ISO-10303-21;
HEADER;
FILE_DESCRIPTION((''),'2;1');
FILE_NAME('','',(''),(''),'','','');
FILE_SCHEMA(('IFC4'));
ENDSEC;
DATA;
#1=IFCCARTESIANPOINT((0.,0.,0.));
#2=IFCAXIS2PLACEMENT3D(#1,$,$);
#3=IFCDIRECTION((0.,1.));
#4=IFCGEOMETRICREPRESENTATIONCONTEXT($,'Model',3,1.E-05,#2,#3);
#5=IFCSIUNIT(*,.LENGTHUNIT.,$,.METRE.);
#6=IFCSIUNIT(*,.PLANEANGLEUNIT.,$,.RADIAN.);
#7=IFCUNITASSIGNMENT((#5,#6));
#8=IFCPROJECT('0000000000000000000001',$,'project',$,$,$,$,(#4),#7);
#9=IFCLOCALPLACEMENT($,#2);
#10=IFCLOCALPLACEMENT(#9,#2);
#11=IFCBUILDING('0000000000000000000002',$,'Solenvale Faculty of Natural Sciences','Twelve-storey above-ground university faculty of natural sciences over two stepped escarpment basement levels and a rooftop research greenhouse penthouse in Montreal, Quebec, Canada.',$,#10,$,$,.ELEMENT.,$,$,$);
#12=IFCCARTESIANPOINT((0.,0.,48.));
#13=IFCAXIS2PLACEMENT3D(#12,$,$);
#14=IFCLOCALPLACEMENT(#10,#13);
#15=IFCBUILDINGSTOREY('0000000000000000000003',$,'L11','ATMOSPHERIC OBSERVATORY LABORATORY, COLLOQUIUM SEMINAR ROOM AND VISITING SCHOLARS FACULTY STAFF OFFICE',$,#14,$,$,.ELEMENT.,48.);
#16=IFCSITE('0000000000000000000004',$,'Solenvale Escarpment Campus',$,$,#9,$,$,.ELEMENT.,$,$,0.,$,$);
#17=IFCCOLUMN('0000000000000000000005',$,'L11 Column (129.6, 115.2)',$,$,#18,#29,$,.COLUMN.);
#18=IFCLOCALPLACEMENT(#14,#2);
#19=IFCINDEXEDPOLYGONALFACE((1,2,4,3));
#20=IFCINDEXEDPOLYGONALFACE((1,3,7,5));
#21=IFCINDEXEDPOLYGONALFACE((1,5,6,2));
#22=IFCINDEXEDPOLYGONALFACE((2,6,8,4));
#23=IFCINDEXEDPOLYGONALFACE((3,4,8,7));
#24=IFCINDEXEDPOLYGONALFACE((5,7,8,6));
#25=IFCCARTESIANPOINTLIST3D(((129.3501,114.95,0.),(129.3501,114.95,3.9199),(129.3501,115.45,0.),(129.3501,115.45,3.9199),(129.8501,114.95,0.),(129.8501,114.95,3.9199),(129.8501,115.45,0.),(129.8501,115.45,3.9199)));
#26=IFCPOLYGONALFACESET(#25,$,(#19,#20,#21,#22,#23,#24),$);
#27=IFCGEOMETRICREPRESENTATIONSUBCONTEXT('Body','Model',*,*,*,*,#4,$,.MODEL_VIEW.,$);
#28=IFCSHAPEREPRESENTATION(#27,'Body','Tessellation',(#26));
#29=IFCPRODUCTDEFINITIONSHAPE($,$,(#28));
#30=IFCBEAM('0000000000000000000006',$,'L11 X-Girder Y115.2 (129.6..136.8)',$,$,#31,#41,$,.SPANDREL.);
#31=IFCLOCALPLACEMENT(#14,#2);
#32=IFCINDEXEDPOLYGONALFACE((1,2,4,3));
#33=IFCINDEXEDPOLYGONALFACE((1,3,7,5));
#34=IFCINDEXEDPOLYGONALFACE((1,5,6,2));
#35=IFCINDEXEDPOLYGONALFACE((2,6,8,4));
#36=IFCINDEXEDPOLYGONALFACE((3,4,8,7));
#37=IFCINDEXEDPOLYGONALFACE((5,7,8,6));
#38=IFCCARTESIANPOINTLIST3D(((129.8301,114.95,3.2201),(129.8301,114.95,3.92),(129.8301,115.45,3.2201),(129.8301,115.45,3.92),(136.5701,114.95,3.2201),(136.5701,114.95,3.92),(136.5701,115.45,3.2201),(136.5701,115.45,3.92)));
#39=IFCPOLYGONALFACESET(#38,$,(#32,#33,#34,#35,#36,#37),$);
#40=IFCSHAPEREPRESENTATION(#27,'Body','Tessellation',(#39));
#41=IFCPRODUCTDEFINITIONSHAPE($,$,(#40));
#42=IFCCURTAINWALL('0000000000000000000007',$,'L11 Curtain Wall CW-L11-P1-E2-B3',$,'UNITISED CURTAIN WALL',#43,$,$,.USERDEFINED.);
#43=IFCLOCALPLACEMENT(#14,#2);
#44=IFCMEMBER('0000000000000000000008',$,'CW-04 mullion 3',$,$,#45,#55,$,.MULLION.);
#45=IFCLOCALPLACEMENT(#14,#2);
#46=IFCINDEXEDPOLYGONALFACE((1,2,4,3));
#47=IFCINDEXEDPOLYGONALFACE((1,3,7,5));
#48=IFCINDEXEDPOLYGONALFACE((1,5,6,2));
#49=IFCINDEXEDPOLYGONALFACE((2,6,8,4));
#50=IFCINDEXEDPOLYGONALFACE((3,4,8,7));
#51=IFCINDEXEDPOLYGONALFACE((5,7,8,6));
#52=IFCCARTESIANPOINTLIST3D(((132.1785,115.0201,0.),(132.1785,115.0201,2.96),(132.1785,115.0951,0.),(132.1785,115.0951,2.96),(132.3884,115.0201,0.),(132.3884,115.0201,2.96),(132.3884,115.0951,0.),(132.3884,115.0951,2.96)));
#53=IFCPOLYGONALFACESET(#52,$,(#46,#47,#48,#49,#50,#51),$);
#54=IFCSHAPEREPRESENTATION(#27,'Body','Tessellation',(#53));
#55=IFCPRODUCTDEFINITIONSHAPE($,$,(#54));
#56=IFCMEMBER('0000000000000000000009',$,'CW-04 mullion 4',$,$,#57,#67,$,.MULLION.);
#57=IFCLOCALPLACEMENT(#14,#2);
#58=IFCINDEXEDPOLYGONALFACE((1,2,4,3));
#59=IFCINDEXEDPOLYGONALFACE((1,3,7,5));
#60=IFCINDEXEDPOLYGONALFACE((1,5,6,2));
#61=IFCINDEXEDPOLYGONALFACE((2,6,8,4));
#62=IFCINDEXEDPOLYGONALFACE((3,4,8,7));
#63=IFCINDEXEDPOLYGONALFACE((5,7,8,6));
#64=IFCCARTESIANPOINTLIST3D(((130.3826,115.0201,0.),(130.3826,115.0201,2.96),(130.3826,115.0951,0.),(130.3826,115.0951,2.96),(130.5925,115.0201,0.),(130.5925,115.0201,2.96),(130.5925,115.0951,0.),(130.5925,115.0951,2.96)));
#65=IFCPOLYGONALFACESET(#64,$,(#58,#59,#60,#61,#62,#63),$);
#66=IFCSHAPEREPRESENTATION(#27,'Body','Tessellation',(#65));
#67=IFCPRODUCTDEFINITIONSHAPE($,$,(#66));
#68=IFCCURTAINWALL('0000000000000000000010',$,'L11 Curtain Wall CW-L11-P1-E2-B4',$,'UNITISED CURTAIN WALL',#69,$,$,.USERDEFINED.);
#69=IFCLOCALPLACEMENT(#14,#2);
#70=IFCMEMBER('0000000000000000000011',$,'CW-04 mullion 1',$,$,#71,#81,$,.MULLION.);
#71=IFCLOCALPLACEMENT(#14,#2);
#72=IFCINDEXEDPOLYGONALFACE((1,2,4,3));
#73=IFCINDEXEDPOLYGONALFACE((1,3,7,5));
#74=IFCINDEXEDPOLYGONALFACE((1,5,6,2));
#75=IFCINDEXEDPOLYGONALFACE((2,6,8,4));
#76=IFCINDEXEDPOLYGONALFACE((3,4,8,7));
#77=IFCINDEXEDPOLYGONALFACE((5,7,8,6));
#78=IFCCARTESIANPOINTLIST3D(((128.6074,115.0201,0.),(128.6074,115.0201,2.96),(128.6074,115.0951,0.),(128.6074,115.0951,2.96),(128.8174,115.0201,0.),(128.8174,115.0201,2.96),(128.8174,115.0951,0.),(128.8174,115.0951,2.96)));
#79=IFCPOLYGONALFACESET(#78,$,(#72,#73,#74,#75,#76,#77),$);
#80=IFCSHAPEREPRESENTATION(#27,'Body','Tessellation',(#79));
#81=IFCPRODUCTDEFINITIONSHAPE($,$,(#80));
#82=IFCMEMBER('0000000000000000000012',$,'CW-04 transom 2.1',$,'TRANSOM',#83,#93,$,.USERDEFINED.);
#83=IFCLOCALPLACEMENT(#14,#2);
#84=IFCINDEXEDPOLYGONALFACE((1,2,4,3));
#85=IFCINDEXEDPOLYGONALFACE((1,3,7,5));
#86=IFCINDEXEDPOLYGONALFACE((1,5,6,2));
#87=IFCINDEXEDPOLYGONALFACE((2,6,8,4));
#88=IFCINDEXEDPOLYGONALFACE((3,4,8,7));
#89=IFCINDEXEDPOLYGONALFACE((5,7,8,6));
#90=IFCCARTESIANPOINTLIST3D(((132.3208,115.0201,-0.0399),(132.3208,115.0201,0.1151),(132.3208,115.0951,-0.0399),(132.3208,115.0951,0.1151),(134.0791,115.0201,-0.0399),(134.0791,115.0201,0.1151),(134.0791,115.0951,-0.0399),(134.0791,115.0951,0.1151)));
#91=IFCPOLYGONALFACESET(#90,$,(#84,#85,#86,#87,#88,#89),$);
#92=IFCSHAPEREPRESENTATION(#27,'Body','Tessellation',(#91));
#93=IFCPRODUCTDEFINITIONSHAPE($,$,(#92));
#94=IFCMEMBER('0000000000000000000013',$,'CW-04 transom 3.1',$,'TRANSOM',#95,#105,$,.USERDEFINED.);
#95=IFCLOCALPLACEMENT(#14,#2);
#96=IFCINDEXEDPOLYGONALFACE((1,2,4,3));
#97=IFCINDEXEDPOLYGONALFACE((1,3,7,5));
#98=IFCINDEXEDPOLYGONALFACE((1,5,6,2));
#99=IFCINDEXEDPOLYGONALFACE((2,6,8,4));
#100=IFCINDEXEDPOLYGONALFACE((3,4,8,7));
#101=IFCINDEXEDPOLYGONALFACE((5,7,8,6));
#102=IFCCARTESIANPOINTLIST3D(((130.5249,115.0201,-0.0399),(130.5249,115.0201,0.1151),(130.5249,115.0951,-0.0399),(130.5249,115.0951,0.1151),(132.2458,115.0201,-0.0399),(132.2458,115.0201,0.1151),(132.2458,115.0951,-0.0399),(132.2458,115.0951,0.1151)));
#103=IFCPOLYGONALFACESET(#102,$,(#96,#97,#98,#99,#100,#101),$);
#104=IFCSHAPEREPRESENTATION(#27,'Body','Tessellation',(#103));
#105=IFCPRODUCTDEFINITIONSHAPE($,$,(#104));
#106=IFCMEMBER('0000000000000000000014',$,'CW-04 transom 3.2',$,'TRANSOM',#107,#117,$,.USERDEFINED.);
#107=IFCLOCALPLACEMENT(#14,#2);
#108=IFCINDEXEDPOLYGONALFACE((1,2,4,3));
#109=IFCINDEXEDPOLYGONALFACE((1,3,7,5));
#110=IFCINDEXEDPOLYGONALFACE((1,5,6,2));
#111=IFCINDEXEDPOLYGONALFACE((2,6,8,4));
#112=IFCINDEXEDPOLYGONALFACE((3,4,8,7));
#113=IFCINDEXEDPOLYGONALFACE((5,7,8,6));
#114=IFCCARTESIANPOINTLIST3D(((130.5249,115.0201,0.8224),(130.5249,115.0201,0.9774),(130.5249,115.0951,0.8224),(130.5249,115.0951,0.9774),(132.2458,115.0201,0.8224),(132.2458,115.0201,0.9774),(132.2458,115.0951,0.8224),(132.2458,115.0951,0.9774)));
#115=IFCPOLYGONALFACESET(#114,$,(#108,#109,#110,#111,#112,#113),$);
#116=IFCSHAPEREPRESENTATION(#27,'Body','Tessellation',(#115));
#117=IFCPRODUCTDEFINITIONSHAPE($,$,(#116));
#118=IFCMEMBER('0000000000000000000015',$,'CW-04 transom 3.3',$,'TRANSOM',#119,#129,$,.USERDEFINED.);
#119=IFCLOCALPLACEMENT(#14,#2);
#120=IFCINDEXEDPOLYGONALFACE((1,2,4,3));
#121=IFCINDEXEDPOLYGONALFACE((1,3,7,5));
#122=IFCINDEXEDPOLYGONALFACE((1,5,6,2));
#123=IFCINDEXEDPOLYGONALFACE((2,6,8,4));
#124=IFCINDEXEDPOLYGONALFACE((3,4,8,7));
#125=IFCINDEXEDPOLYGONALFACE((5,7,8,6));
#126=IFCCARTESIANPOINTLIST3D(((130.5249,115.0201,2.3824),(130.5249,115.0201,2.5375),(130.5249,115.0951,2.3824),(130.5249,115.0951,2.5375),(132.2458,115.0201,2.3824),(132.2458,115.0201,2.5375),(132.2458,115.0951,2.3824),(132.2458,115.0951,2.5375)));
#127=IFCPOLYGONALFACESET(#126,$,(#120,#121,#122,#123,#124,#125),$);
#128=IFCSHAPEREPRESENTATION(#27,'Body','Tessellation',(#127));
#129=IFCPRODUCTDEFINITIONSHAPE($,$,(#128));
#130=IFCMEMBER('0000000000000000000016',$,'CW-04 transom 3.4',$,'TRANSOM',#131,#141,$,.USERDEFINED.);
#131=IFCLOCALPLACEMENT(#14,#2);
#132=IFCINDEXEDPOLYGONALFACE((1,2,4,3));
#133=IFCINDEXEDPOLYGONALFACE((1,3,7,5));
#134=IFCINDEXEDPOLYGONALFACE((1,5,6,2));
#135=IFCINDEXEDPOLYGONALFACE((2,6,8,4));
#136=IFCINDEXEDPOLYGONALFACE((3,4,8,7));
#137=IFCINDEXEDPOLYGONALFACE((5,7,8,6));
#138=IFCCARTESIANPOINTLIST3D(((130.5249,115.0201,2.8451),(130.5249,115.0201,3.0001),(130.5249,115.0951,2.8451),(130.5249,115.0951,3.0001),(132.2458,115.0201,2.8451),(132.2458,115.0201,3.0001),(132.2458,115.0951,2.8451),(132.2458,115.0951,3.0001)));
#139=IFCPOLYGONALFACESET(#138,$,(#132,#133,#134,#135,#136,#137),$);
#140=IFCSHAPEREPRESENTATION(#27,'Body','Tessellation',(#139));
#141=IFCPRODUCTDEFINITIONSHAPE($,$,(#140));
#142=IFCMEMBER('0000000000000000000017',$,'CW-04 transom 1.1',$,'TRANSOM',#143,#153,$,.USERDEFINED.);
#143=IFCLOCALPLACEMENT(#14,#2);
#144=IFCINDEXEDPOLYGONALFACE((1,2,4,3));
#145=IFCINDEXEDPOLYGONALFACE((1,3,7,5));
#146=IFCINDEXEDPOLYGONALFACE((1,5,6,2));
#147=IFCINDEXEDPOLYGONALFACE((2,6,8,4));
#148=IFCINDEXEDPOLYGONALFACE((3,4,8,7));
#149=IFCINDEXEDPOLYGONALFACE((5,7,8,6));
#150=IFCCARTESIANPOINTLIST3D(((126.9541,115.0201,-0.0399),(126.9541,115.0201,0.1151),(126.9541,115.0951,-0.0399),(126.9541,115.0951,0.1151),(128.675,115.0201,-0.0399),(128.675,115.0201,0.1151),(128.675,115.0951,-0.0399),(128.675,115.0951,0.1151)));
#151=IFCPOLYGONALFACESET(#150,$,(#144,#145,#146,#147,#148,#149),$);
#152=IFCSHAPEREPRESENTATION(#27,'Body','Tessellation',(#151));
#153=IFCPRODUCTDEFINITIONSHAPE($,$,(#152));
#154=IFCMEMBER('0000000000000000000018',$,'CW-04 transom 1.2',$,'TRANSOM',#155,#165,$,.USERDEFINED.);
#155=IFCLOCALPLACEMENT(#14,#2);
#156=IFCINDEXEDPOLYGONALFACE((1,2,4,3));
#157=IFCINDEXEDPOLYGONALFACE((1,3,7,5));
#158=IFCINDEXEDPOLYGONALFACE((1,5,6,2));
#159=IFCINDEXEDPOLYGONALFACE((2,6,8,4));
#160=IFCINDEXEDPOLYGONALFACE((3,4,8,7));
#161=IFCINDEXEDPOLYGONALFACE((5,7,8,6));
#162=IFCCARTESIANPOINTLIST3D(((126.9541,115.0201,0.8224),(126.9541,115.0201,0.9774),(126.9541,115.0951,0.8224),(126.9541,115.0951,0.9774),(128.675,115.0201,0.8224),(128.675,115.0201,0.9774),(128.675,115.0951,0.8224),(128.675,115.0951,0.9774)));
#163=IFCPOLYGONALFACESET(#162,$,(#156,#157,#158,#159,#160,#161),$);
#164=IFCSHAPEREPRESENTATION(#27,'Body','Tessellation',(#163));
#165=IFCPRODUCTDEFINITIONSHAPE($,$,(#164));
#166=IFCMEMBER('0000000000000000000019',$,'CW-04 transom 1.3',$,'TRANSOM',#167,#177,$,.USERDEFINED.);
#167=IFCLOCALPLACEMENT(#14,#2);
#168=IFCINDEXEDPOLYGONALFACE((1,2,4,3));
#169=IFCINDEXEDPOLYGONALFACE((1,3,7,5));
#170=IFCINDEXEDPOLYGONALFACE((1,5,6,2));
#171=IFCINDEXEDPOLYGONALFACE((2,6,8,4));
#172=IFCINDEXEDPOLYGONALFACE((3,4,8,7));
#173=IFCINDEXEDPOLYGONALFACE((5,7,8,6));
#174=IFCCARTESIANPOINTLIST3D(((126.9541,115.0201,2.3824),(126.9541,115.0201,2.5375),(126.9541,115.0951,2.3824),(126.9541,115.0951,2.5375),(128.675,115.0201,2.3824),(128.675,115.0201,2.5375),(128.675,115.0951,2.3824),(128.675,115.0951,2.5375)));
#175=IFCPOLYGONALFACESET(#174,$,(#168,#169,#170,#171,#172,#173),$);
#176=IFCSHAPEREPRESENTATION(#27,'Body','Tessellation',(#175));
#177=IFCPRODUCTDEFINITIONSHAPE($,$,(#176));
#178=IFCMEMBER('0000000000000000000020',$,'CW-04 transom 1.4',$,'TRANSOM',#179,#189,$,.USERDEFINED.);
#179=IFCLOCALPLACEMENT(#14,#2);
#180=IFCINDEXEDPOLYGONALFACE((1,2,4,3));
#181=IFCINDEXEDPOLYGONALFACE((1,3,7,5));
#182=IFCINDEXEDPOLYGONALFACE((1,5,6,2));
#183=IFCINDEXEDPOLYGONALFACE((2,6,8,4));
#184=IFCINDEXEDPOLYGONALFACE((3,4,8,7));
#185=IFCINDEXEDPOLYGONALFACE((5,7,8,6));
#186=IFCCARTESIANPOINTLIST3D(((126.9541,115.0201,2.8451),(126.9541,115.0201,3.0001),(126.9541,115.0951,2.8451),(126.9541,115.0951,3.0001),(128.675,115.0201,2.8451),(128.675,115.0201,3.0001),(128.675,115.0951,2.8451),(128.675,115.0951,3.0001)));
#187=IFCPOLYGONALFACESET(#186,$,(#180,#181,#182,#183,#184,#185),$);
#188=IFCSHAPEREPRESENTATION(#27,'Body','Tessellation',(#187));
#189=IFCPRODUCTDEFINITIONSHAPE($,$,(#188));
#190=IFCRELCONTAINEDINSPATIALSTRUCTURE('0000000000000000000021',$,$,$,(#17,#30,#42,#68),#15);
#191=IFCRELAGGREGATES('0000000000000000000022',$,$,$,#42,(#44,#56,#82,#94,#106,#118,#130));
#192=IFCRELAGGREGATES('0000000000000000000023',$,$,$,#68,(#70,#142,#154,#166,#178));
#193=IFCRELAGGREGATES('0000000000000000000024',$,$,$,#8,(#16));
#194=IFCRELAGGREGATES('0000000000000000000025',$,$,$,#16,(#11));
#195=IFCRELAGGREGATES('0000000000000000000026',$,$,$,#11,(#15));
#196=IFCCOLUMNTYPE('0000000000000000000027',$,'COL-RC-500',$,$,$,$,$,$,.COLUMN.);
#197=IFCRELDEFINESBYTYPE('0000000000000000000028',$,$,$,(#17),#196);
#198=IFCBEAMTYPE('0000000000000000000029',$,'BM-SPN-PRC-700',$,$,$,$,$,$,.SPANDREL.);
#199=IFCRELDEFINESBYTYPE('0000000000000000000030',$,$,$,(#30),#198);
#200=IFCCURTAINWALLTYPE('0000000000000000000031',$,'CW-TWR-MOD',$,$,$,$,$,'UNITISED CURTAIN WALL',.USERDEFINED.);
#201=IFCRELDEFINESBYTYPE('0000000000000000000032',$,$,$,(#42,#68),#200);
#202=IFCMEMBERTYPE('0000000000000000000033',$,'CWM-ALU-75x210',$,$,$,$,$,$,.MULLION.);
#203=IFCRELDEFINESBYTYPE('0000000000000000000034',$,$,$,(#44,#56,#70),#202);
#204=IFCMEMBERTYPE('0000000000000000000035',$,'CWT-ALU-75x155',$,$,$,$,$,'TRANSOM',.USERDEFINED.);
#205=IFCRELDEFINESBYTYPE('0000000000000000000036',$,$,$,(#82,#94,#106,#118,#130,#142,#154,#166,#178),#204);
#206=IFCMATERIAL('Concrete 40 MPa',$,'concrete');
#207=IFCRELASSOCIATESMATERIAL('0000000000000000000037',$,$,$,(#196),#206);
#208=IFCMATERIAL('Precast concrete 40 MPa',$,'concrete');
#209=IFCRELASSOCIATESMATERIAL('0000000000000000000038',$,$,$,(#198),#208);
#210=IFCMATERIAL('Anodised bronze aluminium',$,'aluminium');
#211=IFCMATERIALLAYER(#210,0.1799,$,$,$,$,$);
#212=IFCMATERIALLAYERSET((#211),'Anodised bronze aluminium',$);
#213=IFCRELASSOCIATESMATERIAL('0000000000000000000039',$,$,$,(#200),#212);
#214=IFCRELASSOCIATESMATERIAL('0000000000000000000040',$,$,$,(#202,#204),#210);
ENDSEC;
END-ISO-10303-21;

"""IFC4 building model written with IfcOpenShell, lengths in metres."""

from ifc_helpers import new_model, si_unit, direction, frame, origin, origin_2d, place, context, subcontext, project, spatial, rectangle, extrude, material, layer, layer_set, material_profile, profile_set, type_object, element, aggregate, save


model = new_model("IFC4")

# Units and contexts
model_context = context("Model", 3, precision=1e-05, world=origin(), true_north=direction((0.0, 1.0)))
body_context = subcontext(model_context, "Body", "Model", "MODEL_VIEW")
ifc_project = project(units=[si_unit("LENGTHUNIT", "METRE"), si_unit("PLANEANGLEUNIT", "RADIAN")], contexts=[model_context])

# Site, building, storey
site_placement = place(None, origin())
site = spatial("IfcSite", under=ifc_project, at=site_placement, Name="Solenvale Escarpment Campus", CompositionType="ELEMENT", RefElevation=0.0)
building_placement = place(site_placement, origin())
building = spatial("IfcBuilding", under=site, at=building_placement, Name="Solenvale Faculty of Natural Sciences", Description="Twelve-storey above-ground university faculty of natural sciences over two stepped escarpment basement levels and a rooftop research greenhouse penthouse in Montreal, Quebec, Canada.", CompositionType="ELEMENT")
storey_placement = place(building_placement, frame((0.0, 0.0, 48.0)))
storey = spatial("IfcBuildingStorey", under=building, at=storey_placement, Name="L11", Description="ATMOSPHERIC OBSERVATORY LABORATORY, COLLOQUIUM SEMINAR ROOM AND VISITING SCHOLARS FACULTY STAFF OFFICE", CompositionType="ELEMENT", Elevation=48.0)

# Column
ifc_material_1 = material(Name="Concrete 40 MPa", Category="concrete")
ifc_material_profile_1 = material_profile(ifc_material_1, rectangle(XDim=0.5, YDim=0.5, at=origin_2d()), Name="RC-COL-500x500")
ifc_profile_set_1 = profile_set([ifc_material_profile_1], Name="Concrete 40 MPa")
column_type = type_object("IfcColumnType", Name="COL-RC-500", PredefinedType="COLUMN", material=ifc_profile_set_1)
column_placement = place(storey_placement, frame((129.6001, 115.2, 0.0), z_axis=(0.0, 0.0, 1.0), x_axis=(1.0, 0.0, 0.0)))
element("IfcColumn", 1, at=column_placement, inside=storey, type_object=column_type, Name="L11 Column (129.6, 115.2)", PredefinedType="COLUMN", context=body_context, shape_type="SweptSolid", body=[
    extrude(rectangle(XDim=0.5, YDim=0.5, at=origin_2d()), origin(), (0.0, 0.0, 1.0), 3.9199),
])

# Beam
ifc_material_2 = material(Name="Precast concrete 40 MPa", Category="concrete")
ifc_material_profile_2 = material_profile(ifc_material_2, rectangle(XDim=0.5, YDim=0.7, at=origin_2d()), Name="RC-BM-500x700")
ifc_profile_set_2 = profile_set([ifc_material_profile_2], Name="Precast concrete 40 MPa")
beam_type = type_object("IfcBeamType", Name="BM-SPN-PRC-700", PredefinedType="SPANDREL", material=ifc_profile_set_2)
beam_placement = place(storey_placement, frame((129.8301, 115.2, 3.5701), z_axis=(1.0, 0.0, 0.0), x_axis=(0.0, 1.0, 0.0)))
element("IfcBeam", 2, at=beam_placement, inside=storey, type_object=beam_type, Name="L11 X-Girder Y115.2 (129.6..136.8)", PredefinedType="SPANDREL", context=body_context, shape_type="SweptSolid", body=[
    extrude(rectangle(XDim=0.5, YDim=0.7, at=origin_2d()), origin(), (0.0, 0.0, 1.0), 6.74),
])

# Curtain wall, members
ifc_material_3 = material(Name="Anodised bronze aluminium", Category="aluminium")
ifc_layer_1 = layer(ifc_material_3, 0.1799)
ifc_layer_set_1 = layer_set([ifc_layer_1], Name="Anodised bronze aluminium")
curtain_wall_type = type_object("IfcCurtainWallType", Name="CW-TWR-MOD", ElementType="UNITISED CURTAIN WALL", PredefinedType="USERDEFINED", material=ifc_layer_set_1)
curtain_wall_1_placement = place(storey_placement, origin())
curtain_wall_1 = element("IfcCurtainWall", 3, at=curtain_wall_1_placement, inside=storey, type_object=curtain_wall_type, Name="L11 Curtain Wall CW-L11-P1-E2-B3", ObjectType="UNITISED CURTAIN WALL", PredefinedType="USERDEFINED")
ifc_material_profile_3 = material_profile(ifc_material_3, rectangle(XDim=0.075, YDim=0.21, at=origin_2d()), Name="ALU-MUL-75x210")
ifc_profile_set_3 = profile_set([ifc_material_profile_3], Name="Anodised bronze aluminium")
member_type_1 = type_object("IfcMemberType", Name="CWM-ALU-75x210", PredefinedType="MULLION", material=ifc_profile_set_3)
member_1_placement = place(storey_placement, frame((132.2834, 115.0576, 0.0), z_axis=(0.0, 0.0, 1.0), x_axis=(0.0, -1.0, 0.0)))
member_1 = element("IfcMember", 4, at=member_1_placement, type_object=member_type_1, Name="CW-04 mullion 3", PredefinedType="MULLION", context=body_context, shape_type="SweptSolid", body=[
    extrude(rectangle(XDim=0.075, YDim=0.21, at=origin_2d()), origin(), (0.0, 0.0, 1.0), 2.96),
])
member_2_placement = place(storey_placement, frame((130.4875, 115.0576, 0.0), z_axis=(0.0, 0.0, 1.0), x_axis=(0.0, -1.0, 0.0)))
member_2 = element("IfcMember", 5, at=member_2_placement, type_object=member_type_1, Name="CW-04 mullion 4", PredefinedType="MULLION", context=body_context, shape_type="SweptSolid", body=[
    extrude(rectangle(XDim=0.075, YDim=0.21, at=origin_2d()), origin(), (0.0, 0.0, 1.0), 2.96),
])

# Curtain wall, member
curtain_wall_2_placement = place(storey_placement, origin())
curtain_wall_2 = element("IfcCurtainWall", 6, at=curtain_wall_2_placement, inside=storey, type_object=curtain_wall_type, Name="L11 Curtain Wall CW-L11-P1-E2-B4", ObjectType="UNITISED CURTAIN WALL", PredefinedType="USERDEFINED")
member_3_placement = place(storey_placement, frame((128.7124, 115.0576, 0.0), z_axis=(0.0, 0.0, 1.0), x_axis=(0.0, -1.0, 0.0)))
member_3 = element("IfcMember", 7, at=member_3_placement, type_object=member_type_1, Name="CW-04 mullion 1", PredefinedType="MULLION", context=body_context, shape_type="SweptSolid", body=[
    extrude(rectangle(XDim=0.075, YDim=0.21, at=origin_2d()), origin(), (0.0, 0.0, 1.0), 2.96),
])

# Members
ifc_material_profile_4 = material_profile(ifc_material_3, rectangle(XDim=0.075, YDim=0.155, at=origin_2d()), Name="ALU-TRN-75x155")
ifc_profile_set_4 = profile_set([ifc_material_profile_4], Name="Anodised bronze aluminium")
member_type_2 = type_object("IfcMemberType", Name="CWT-ALU-75x155", ElementType="TRANSOM", PredefinedType="USERDEFINED", material=ifc_profile_set_4)
member_4_placement = place(storey_placement, frame((134.0791, 115.0576, 0.0376), z_axis=(-1.0, 0.0, 0.0), x_axis=(0.0, -1.0, 0.0)))
member_4 = element("IfcMember", 8, at=member_4_placement, type_object=member_type_2, Name="CW-04 transom 2.1", ObjectType="TRANSOM", PredefinedType="USERDEFINED", context=body_context, shape_type="SweptSolid", body=[
    extrude(rectangle(XDim=0.075, YDim=0.155, at=origin_2d()), origin(), (0.0, 0.0, 1.0), 1.7583),
])
member_5_placement = place(storey_placement, frame((132.2458, 115.0576, 0.0376), z_axis=(-1.0, 0.0, 0.0), x_axis=(0.0, -1.0, 0.0)))
member_5 = element("IfcMember", 9, at=member_5_placement, type_object=member_type_2, Name="CW-04 transom 3.1", ObjectType="TRANSOM", PredefinedType="USERDEFINED", context=body_context, shape_type="SweptSolid", body=[
    extrude(rectangle(XDim=0.075, YDim=0.155, at=origin_2d()), origin(), (0.0, 0.0, 1.0), 1.7209),
])
member_6_placement = place(storey_placement, frame((132.2458, 115.0576, 0.8999), z_axis=(-1.0, 0.0, 0.0), x_axis=(0.0, -1.0, 0.0)))
member_6 = element("IfcMember", 10, at=member_6_placement, type_object=member_type_2, Name="CW-04 transom 3.2", ObjectType="TRANSOM", PredefinedType="USERDEFINED", context=body_context, shape_type="SweptSolid", body=[
    extrude(rectangle(XDim=0.075, YDim=0.155, at=origin_2d()), origin(), (0.0, 0.0, 1.0), 1.7209),
])
member_7_placement = place(storey_placement, frame((132.2458, 115.0576, 2.46), z_axis=(-1.0, 0.0, 0.0), x_axis=(0.0, -1.0, 0.0)))
member_7 = element("IfcMember", 11, at=member_7_placement, type_object=member_type_2, Name="CW-04 transom 3.3", ObjectType="TRANSOM", PredefinedType="USERDEFINED", context=body_context, shape_type="SweptSolid", body=[
    extrude(rectangle(XDim=0.075, YDim=0.155, at=origin_2d()), origin(), (0.0, 0.0, 1.0), 1.7209),
])
member_8_placement = place(storey_placement, frame((132.2458, 115.0576, 2.9226), z_axis=(-1.0, 0.0, 0.0), x_axis=(0.0, -1.0, 0.0)))
member_8 = element("IfcMember", 12, at=member_8_placement, type_object=member_type_2, Name="CW-04 transom 3.4", ObjectType="TRANSOM", PredefinedType="USERDEFINED", context=body_context, shape_type="SweptSolid", body=[
    extrude(rectangle(XDim=0.075, YDim=0.155, at=origin_2d()), origin(), (0.0, 0.0, 1.0), 1.7209),
])
member_9_placement = place(storey_placement, frame((128.675, 115.0576, 0.0376), z_axis=(-1.0, 0.0, 0.0), x_axis=(0.0, -1.0, 0.0)))
member_9 = element("IfcMember", 13, at=member_9_placement, type_object=member_type_2, Name="CW-04 transom 1.1", ObjectType="TRANSOM", PredefinedType="USERDEFINED", context=body_context, shape_type="SweptSolid", body=[
    extrude(rectangle(XDim=0.075, YDim=0.155, at=origin_2d()), origin(), (0.0, 0.0, 1.0), 1.7209),
])
member_10_placement = place(storey_placement, frame((128.675, 115.0576, 0.8999), z_axis=(-1.0, 0.0, 0.0), x_axis=(0.0, -1.0, 0.0)))
member_10 = element("IfcMember", 14, at=member_10_placement, type_object=member_type_2, Name="CW-04 transom 1.2", ObjectType="TRANSOM", PredefinedType="USERDEFINED", context=body_context, shape_type="SweptSolid", body=[
    extrude(rectangle(XDim=0.075, YDim=0.155, at=origin_2d()), origin(), (0.0, 0.0, 1.0), 1.7209),
])
member_11_placement = place(storey_placement, frame((128.675, 115.0576, 2.46), z_axis=(-1.0, 0.0, 0.0), x_axis=(0.0, -1.0, 0.0)))
member_11 = element("IfcMember", 15, at=member_11_placement, type_object=member_type_2, Name="CW-04 transom 1.3", ObjectType="TRANSOM", PredefinedType="USERDEFINED", context=body_context, shape_type="SweptSolid", body=[
    extrude(rectangle(XDim=0.075, YDim=0.155, at=origin_2d()), origin(), (0.0, 0.0, 1.0), 1.7209),
])
member_12_placement = place(storey_placement, frame((128.675, 115.0576, 2.9226), z_axis=(-1.0, 0.0, 0.0), x_axis=(0.0, -1.0, 0.0)))
member_12 = element("IfcMember", 16, at=member_12_placement, type_object=member_type_2, Name="CW-04 transom 1.4", ObjectType="TRANSOM", PredefinedType="USERDEFINED", context=body_context, shape_type="SweptSolid", body=[
    extrude(rectangle(XDim=0.075, YDim=0.155, at=origin_2d()), origin(), (0.0, 0.0, 1.0), 1.7209),
])

aggregate(curtain_wall_1, [member_1, member_2, member_4, member_5, member_6, member_7, member_8])
aggregate(curtain_wall_2, [member_3, member_9, member_10, member_11, member_12])

save(model, "model.ifc")
